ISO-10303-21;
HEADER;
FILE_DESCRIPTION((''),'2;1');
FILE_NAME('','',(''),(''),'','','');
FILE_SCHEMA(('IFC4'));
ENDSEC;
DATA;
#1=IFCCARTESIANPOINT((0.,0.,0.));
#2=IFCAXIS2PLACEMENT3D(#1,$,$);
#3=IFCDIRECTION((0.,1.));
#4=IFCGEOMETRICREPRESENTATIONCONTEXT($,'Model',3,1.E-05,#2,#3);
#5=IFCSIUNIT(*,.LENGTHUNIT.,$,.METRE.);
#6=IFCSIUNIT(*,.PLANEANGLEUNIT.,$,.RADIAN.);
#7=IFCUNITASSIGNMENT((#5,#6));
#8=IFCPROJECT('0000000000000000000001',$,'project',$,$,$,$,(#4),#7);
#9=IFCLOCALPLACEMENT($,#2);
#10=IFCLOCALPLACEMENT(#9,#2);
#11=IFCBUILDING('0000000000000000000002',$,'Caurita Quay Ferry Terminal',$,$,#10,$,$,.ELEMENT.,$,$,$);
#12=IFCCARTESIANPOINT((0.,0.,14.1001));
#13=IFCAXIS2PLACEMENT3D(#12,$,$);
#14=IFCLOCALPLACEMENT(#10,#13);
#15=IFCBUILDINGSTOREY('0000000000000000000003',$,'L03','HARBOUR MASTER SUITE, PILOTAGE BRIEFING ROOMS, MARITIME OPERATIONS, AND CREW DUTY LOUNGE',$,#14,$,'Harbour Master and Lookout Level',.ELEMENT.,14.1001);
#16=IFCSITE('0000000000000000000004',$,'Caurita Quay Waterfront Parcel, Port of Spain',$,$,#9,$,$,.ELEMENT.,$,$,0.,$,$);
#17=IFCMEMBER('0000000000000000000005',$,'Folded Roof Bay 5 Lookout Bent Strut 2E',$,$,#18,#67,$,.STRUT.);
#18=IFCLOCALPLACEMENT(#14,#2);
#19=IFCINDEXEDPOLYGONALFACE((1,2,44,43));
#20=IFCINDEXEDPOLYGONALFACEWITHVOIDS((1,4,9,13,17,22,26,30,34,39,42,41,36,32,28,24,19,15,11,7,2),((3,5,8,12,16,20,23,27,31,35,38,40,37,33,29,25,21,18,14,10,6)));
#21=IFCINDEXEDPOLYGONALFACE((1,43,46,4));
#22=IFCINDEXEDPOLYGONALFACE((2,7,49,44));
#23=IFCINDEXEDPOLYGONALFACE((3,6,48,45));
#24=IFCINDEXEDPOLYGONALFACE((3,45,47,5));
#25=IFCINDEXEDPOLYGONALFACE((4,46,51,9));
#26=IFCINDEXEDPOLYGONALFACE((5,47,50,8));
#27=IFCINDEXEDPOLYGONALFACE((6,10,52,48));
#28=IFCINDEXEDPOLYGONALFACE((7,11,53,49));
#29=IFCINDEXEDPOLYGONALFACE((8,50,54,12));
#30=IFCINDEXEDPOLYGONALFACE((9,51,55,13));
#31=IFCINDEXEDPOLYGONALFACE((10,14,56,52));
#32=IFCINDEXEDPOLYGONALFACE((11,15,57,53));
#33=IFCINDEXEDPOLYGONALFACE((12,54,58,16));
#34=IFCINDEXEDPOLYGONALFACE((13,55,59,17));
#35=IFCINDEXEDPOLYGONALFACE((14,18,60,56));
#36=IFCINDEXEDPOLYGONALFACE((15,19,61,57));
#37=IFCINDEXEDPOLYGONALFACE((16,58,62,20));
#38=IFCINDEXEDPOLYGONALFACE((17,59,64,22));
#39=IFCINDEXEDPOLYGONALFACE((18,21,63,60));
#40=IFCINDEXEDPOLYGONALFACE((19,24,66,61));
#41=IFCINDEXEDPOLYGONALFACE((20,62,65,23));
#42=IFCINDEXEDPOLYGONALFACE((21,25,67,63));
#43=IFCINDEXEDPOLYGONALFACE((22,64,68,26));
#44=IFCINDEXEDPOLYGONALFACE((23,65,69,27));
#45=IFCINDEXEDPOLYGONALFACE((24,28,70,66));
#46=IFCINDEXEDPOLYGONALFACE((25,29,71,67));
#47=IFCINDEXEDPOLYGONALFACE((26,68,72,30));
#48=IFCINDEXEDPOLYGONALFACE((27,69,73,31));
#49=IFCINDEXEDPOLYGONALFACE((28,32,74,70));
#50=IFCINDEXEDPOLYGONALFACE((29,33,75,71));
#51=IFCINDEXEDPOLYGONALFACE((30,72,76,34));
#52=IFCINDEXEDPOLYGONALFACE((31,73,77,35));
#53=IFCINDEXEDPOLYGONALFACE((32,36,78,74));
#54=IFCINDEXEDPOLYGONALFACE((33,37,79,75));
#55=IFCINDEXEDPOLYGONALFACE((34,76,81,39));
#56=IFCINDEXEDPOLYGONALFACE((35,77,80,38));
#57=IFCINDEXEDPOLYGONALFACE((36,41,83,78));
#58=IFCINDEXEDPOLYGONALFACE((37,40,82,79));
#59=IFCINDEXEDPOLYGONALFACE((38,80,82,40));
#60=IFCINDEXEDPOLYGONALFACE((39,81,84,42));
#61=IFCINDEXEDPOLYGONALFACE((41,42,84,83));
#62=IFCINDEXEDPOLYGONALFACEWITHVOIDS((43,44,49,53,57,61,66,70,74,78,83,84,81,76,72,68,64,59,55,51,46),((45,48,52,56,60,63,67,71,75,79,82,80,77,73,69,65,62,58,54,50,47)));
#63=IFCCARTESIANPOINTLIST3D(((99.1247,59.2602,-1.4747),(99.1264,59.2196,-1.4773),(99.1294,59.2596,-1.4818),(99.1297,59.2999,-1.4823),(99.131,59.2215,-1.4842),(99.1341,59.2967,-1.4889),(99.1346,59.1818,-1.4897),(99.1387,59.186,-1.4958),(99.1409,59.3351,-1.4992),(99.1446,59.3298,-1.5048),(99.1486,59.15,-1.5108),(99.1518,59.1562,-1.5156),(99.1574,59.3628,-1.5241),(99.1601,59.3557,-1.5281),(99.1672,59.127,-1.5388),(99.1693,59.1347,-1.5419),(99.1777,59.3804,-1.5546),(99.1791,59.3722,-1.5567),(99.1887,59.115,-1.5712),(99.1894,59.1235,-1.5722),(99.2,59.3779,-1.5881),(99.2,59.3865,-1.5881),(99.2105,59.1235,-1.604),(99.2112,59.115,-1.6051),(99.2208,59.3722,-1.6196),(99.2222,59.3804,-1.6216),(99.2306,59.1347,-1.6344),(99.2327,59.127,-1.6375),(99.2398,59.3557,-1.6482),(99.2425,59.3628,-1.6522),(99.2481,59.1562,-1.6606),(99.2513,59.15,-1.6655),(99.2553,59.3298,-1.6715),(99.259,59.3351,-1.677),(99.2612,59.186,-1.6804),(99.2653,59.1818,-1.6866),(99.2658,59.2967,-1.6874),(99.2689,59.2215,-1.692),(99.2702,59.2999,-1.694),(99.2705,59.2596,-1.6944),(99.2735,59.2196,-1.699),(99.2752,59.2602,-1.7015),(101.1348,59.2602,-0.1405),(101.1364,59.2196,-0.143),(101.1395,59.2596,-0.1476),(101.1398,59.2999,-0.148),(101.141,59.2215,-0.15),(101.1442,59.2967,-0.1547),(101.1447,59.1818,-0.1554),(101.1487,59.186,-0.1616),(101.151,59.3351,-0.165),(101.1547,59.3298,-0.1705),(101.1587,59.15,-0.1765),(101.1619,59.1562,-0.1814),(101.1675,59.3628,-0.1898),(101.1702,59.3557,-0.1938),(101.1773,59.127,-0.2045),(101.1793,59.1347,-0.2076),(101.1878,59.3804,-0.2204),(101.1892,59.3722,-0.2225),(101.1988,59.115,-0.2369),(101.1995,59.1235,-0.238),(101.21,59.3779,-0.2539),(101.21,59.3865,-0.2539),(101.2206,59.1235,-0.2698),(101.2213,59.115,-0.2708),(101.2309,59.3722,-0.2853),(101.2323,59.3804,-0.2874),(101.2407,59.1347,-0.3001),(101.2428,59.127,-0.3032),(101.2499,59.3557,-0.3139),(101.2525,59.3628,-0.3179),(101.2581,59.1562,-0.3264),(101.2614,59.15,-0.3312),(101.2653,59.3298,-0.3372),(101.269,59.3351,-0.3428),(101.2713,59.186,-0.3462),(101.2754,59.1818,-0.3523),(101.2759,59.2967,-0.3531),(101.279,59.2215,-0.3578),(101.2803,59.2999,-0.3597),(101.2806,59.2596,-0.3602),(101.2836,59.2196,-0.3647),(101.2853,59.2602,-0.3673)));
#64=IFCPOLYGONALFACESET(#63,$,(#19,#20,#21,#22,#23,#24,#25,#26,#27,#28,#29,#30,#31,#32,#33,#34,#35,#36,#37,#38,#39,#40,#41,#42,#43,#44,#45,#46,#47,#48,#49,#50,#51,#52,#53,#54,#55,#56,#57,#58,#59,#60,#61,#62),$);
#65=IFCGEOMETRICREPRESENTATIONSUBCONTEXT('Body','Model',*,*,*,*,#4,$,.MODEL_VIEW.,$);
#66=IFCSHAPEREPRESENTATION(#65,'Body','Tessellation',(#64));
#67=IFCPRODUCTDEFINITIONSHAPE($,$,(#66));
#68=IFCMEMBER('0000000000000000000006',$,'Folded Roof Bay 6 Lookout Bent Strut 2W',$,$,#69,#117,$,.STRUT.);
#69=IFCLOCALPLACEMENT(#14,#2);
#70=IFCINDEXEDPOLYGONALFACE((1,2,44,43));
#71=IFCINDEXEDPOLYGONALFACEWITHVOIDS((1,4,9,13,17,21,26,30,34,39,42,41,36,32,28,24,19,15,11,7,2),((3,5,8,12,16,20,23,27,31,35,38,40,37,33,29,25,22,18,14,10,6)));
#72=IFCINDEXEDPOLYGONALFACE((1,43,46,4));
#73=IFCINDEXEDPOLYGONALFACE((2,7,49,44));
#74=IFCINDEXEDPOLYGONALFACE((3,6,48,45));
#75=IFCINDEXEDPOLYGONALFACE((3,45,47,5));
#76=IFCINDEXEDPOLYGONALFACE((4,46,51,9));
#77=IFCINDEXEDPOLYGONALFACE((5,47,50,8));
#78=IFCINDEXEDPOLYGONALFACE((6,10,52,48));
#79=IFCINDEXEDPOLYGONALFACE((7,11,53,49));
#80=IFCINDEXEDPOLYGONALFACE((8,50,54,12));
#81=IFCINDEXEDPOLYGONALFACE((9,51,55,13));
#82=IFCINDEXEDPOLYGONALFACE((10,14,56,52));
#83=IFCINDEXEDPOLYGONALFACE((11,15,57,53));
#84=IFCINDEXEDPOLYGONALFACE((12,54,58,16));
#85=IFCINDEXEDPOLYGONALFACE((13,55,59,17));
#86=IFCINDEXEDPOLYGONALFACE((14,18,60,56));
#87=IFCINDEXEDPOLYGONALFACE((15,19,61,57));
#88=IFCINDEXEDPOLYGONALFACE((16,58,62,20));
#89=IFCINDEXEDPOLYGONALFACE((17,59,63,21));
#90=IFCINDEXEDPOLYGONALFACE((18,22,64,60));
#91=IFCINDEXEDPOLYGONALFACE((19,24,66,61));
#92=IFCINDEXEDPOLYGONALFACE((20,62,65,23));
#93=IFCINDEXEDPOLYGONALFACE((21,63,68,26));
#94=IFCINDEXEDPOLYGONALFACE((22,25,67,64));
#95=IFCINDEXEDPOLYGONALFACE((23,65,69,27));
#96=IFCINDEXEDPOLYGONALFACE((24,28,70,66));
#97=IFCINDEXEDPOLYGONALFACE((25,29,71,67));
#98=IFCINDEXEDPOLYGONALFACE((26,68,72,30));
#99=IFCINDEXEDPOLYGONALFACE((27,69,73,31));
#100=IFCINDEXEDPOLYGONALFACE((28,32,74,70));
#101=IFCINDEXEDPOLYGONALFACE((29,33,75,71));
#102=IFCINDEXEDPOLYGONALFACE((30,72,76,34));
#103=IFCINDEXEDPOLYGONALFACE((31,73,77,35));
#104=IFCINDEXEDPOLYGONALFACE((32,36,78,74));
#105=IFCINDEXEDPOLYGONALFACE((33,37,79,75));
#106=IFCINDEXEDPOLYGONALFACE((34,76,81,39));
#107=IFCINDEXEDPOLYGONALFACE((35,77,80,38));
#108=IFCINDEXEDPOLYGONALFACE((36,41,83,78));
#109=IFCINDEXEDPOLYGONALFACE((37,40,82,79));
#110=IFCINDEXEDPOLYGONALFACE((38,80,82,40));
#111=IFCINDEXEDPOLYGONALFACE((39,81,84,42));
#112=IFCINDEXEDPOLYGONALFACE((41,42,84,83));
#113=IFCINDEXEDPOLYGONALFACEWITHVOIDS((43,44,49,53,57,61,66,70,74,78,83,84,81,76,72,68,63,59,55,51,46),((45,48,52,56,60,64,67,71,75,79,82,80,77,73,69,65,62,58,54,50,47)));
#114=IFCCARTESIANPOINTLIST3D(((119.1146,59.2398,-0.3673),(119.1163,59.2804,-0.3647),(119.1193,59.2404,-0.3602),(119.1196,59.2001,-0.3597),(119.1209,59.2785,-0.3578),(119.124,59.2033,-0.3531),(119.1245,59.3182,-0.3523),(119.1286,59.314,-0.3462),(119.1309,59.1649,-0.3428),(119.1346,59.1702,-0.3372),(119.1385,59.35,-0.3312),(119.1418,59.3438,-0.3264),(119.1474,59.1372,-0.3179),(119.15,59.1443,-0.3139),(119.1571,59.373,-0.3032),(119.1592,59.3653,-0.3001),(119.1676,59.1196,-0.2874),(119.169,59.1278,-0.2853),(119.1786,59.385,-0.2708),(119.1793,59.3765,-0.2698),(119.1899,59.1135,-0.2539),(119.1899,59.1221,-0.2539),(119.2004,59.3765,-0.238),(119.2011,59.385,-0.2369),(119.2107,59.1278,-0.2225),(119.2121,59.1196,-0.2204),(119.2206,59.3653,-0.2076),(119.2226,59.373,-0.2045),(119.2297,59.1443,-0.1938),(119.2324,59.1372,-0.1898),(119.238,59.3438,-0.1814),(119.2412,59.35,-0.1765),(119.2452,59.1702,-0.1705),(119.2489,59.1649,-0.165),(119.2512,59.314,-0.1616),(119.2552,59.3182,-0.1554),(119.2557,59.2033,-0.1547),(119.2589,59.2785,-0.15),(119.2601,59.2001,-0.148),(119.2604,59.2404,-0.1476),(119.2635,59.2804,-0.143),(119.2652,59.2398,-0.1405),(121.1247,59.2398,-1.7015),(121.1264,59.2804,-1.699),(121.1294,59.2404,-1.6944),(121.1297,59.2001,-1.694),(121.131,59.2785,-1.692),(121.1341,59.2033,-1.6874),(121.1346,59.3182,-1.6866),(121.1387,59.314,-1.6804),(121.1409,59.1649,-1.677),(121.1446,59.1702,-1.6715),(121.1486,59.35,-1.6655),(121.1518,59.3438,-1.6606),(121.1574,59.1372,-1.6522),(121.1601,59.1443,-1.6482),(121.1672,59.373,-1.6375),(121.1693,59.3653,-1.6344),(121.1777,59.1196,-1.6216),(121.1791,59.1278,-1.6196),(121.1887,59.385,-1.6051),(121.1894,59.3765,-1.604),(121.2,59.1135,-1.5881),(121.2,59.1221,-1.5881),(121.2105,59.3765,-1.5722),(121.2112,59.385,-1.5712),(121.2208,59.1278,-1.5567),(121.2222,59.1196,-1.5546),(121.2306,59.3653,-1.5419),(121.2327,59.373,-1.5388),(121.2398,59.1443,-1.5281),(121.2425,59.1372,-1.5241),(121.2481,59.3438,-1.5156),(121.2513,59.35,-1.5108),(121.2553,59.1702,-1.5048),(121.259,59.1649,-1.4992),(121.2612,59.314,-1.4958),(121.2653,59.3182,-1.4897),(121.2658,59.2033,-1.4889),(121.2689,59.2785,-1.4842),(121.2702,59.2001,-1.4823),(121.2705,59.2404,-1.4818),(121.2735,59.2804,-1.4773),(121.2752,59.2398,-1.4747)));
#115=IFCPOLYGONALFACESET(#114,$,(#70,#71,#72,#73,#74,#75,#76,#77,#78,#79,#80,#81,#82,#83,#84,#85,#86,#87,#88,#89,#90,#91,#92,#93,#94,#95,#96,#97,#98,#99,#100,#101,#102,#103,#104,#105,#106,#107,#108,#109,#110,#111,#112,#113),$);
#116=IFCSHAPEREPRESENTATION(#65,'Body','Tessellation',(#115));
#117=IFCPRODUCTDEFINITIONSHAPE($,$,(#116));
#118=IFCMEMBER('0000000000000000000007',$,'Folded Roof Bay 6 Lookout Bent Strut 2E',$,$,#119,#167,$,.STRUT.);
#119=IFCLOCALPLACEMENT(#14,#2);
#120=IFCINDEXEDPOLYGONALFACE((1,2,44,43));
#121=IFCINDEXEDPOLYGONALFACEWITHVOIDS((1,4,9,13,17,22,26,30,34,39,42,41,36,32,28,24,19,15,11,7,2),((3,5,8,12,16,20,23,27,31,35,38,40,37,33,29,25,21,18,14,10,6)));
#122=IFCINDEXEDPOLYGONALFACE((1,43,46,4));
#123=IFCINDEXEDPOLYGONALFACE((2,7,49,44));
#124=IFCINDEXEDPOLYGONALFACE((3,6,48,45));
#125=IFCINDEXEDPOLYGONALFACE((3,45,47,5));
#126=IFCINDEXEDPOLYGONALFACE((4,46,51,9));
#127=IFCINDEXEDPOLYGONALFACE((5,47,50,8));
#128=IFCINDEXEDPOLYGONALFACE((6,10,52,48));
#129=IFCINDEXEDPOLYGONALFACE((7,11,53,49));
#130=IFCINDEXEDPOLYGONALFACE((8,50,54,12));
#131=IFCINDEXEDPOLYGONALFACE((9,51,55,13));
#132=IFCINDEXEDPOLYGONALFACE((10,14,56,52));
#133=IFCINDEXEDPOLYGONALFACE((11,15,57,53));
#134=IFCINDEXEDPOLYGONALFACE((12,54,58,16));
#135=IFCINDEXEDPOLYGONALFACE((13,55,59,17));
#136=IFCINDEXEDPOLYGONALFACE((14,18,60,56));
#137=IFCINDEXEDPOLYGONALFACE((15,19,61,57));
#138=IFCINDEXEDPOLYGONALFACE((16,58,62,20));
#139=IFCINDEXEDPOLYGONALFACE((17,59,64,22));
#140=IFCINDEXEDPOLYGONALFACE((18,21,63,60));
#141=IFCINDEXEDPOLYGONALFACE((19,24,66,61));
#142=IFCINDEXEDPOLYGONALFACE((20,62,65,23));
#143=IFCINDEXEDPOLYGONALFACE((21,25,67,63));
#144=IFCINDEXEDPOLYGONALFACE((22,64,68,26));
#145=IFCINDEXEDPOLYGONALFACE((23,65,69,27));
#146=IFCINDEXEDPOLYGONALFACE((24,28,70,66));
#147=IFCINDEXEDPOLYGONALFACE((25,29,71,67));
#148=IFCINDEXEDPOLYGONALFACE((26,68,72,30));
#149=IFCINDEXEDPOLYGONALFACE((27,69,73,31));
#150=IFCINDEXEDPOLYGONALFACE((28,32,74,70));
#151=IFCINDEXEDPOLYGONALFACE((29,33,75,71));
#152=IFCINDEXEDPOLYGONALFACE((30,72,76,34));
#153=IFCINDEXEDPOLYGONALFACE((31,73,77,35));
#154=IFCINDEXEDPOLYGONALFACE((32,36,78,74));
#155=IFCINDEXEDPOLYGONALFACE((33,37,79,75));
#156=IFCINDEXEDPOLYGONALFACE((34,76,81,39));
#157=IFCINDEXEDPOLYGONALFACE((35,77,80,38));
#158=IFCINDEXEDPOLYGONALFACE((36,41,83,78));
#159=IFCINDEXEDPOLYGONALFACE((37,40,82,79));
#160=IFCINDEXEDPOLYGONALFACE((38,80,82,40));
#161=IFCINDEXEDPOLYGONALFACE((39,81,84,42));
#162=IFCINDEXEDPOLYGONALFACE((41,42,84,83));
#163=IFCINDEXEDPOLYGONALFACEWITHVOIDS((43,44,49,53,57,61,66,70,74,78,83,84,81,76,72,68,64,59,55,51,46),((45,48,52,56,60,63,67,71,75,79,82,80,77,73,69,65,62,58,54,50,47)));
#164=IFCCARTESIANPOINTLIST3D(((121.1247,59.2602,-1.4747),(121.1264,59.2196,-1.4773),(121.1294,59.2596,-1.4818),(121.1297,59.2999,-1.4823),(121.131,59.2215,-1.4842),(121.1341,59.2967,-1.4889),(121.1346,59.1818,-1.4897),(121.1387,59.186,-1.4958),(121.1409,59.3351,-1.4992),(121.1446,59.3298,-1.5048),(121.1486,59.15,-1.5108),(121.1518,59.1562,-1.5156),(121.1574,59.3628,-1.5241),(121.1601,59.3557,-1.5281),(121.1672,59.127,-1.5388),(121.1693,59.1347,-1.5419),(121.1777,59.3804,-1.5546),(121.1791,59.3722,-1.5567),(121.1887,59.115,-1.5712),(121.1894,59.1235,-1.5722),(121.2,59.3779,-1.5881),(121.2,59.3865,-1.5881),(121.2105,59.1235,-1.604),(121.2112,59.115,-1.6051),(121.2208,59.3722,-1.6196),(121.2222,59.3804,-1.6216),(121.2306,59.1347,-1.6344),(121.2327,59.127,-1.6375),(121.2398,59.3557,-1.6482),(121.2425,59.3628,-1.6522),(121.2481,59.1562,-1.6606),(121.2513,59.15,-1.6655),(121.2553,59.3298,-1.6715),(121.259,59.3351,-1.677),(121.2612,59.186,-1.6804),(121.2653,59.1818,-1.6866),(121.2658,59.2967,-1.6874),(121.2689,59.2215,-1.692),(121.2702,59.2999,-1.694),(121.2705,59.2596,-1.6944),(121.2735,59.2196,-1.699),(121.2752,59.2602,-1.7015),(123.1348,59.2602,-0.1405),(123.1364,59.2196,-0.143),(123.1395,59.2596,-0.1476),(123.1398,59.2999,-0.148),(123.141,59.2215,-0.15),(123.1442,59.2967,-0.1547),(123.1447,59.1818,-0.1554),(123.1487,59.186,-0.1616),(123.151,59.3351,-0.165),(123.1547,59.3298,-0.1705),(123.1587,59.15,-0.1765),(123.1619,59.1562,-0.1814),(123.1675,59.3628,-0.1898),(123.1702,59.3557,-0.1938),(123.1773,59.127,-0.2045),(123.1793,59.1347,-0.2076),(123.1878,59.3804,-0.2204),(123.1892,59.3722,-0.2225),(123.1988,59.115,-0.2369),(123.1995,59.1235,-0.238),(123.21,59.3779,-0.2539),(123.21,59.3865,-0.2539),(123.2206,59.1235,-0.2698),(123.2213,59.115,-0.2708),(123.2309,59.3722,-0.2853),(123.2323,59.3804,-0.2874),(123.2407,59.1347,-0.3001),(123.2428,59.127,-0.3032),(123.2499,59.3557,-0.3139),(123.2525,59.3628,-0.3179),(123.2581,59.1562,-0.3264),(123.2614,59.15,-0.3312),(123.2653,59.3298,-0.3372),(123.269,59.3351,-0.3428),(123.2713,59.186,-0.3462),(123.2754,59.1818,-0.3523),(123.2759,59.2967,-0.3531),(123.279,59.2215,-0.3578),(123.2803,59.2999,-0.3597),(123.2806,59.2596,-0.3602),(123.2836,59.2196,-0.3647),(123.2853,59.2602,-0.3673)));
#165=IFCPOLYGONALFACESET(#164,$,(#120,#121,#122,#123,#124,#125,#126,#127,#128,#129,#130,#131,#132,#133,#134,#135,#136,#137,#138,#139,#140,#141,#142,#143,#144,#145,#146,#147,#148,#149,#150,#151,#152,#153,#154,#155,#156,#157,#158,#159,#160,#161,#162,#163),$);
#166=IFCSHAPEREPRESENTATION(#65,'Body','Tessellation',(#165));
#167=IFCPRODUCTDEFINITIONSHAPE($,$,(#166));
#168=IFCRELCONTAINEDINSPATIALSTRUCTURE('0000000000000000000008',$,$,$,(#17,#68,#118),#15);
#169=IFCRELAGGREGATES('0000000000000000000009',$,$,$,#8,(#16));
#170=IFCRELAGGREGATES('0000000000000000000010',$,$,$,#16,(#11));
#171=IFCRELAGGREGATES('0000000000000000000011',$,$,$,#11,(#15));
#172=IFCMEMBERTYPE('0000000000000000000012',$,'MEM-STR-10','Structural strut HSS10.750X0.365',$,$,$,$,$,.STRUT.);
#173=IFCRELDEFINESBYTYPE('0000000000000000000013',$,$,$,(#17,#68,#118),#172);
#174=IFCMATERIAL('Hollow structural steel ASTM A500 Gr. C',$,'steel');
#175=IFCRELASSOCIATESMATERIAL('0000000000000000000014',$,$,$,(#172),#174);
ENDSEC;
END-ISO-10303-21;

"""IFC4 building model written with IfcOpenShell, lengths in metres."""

from ifc_helpers import new_model, si_unit, direction, frame, origin, origin_2d, place, context, subcontext, project, spatial, hollow_circle, extrude, material, material_profile, profile_set, type_object, element, save


model = new_model("IFC4")

# Units and contexts
model_context = context("Model", 3, precision=1e-05, world=origin(), true_north=direction((0.0, 1.0)))
body_context = subcontext(model_context, "Body", "Model", "MODEL_VIEW")
ifc_project = project(units=[si_unit("LENGTHUNIT", "METRE"), si_unit("PLANEANGLEUNIT", "RADIAN")], contexts=[model_context])

# Site, building, storey
site_placement = place(None, origin())
site = spatial("IfcSite", under=ifc_project, at=site_placement, Name="Caurita Quay Waterfront Parcel, Port of Spain", CompositionType="ELEMENT", RefElevation=0.0)
building_placement = place(site_placement, origin())
building = spatial("IfcBuilding", under=site, at=building_placement, Name="Caurita Quay Ferry Terminal", CompositionType="ELEMENT")
storey_placement = place(building_placement, frame((0.0, 0.0, 14.1001)))
storey = spatial("IfcBuildingStorey", under=building, at=storey_placement, Name="L03", Description="HARBOUR MASTER SUITE, PILOTAGE BRIEFING ROOMS, MARITIME OPERATIONS, AND CREW DUTY LOUNGE", LongName="Harbour Master and Lookout Level", CompositionType="ELEMENT", Elevation=14.1001)

# Members
ifc_material_1 = material(Name="Hollow structural steel ASTM A500 Gr. C", Category="steel")
ifc_material_profile_1 = material_profile(ifc_material_1, hollow_circle(Radius=0.1365, WallThickness=0.0085, at=origin_2d()), Name="HSS10.750X0.365")
ifc_profile_set_1 = profile_set([ifc_material_profile_1], Name="Hollow structural steel ASTM A500 Gr. C")
member_type_1 = type_object("IfcMemberType", Name="MEM-STR-10", Description="Structural strut HSS10.750X0.365", PredefinedType="STRUT", material=ifc_profile_set_1)
for number, where, z_axis, x_axis, name in (
    (1, (99.2, 59.25, -1.5881), (0.833154, 0.0, 0.553041), (0.0, 1.0, 0.0), "Folded Roof Bay 5 Lookout Bent Strut 2E"),
    (2, (121.2, 59.25, -1.5881), (-0.833154, 0.0, 0.553041), (0.0, -1.0, 0.0), "Folded Roof Bay 6 Lookout Bent Strut 2W"),
    (3, (121.2, 59.25, -1.5881), (0.833154, 0.0, 0.553041), (0.0, 1.0, 0.0), "Folded Roof Bay 6 Lookout Bent Strut 2E"),
):
    element("IfcMember", number, at=place(storey_placement, frame(where, z_axis=z_axis, x_axis=x_axis)), inside=storey, type_object=member_type_1, Name=name, PredefinedType="STRUT", context=body_context, shape_type="SweptSolid", body=[
        extrude(hollow_circle(Radius=0.1365, WallThickness=0.0085, at=origin_2d()), origin(), (0.0, 0.0, 1.0), 2.4126),
    ])

save(model, "model.ifc")
